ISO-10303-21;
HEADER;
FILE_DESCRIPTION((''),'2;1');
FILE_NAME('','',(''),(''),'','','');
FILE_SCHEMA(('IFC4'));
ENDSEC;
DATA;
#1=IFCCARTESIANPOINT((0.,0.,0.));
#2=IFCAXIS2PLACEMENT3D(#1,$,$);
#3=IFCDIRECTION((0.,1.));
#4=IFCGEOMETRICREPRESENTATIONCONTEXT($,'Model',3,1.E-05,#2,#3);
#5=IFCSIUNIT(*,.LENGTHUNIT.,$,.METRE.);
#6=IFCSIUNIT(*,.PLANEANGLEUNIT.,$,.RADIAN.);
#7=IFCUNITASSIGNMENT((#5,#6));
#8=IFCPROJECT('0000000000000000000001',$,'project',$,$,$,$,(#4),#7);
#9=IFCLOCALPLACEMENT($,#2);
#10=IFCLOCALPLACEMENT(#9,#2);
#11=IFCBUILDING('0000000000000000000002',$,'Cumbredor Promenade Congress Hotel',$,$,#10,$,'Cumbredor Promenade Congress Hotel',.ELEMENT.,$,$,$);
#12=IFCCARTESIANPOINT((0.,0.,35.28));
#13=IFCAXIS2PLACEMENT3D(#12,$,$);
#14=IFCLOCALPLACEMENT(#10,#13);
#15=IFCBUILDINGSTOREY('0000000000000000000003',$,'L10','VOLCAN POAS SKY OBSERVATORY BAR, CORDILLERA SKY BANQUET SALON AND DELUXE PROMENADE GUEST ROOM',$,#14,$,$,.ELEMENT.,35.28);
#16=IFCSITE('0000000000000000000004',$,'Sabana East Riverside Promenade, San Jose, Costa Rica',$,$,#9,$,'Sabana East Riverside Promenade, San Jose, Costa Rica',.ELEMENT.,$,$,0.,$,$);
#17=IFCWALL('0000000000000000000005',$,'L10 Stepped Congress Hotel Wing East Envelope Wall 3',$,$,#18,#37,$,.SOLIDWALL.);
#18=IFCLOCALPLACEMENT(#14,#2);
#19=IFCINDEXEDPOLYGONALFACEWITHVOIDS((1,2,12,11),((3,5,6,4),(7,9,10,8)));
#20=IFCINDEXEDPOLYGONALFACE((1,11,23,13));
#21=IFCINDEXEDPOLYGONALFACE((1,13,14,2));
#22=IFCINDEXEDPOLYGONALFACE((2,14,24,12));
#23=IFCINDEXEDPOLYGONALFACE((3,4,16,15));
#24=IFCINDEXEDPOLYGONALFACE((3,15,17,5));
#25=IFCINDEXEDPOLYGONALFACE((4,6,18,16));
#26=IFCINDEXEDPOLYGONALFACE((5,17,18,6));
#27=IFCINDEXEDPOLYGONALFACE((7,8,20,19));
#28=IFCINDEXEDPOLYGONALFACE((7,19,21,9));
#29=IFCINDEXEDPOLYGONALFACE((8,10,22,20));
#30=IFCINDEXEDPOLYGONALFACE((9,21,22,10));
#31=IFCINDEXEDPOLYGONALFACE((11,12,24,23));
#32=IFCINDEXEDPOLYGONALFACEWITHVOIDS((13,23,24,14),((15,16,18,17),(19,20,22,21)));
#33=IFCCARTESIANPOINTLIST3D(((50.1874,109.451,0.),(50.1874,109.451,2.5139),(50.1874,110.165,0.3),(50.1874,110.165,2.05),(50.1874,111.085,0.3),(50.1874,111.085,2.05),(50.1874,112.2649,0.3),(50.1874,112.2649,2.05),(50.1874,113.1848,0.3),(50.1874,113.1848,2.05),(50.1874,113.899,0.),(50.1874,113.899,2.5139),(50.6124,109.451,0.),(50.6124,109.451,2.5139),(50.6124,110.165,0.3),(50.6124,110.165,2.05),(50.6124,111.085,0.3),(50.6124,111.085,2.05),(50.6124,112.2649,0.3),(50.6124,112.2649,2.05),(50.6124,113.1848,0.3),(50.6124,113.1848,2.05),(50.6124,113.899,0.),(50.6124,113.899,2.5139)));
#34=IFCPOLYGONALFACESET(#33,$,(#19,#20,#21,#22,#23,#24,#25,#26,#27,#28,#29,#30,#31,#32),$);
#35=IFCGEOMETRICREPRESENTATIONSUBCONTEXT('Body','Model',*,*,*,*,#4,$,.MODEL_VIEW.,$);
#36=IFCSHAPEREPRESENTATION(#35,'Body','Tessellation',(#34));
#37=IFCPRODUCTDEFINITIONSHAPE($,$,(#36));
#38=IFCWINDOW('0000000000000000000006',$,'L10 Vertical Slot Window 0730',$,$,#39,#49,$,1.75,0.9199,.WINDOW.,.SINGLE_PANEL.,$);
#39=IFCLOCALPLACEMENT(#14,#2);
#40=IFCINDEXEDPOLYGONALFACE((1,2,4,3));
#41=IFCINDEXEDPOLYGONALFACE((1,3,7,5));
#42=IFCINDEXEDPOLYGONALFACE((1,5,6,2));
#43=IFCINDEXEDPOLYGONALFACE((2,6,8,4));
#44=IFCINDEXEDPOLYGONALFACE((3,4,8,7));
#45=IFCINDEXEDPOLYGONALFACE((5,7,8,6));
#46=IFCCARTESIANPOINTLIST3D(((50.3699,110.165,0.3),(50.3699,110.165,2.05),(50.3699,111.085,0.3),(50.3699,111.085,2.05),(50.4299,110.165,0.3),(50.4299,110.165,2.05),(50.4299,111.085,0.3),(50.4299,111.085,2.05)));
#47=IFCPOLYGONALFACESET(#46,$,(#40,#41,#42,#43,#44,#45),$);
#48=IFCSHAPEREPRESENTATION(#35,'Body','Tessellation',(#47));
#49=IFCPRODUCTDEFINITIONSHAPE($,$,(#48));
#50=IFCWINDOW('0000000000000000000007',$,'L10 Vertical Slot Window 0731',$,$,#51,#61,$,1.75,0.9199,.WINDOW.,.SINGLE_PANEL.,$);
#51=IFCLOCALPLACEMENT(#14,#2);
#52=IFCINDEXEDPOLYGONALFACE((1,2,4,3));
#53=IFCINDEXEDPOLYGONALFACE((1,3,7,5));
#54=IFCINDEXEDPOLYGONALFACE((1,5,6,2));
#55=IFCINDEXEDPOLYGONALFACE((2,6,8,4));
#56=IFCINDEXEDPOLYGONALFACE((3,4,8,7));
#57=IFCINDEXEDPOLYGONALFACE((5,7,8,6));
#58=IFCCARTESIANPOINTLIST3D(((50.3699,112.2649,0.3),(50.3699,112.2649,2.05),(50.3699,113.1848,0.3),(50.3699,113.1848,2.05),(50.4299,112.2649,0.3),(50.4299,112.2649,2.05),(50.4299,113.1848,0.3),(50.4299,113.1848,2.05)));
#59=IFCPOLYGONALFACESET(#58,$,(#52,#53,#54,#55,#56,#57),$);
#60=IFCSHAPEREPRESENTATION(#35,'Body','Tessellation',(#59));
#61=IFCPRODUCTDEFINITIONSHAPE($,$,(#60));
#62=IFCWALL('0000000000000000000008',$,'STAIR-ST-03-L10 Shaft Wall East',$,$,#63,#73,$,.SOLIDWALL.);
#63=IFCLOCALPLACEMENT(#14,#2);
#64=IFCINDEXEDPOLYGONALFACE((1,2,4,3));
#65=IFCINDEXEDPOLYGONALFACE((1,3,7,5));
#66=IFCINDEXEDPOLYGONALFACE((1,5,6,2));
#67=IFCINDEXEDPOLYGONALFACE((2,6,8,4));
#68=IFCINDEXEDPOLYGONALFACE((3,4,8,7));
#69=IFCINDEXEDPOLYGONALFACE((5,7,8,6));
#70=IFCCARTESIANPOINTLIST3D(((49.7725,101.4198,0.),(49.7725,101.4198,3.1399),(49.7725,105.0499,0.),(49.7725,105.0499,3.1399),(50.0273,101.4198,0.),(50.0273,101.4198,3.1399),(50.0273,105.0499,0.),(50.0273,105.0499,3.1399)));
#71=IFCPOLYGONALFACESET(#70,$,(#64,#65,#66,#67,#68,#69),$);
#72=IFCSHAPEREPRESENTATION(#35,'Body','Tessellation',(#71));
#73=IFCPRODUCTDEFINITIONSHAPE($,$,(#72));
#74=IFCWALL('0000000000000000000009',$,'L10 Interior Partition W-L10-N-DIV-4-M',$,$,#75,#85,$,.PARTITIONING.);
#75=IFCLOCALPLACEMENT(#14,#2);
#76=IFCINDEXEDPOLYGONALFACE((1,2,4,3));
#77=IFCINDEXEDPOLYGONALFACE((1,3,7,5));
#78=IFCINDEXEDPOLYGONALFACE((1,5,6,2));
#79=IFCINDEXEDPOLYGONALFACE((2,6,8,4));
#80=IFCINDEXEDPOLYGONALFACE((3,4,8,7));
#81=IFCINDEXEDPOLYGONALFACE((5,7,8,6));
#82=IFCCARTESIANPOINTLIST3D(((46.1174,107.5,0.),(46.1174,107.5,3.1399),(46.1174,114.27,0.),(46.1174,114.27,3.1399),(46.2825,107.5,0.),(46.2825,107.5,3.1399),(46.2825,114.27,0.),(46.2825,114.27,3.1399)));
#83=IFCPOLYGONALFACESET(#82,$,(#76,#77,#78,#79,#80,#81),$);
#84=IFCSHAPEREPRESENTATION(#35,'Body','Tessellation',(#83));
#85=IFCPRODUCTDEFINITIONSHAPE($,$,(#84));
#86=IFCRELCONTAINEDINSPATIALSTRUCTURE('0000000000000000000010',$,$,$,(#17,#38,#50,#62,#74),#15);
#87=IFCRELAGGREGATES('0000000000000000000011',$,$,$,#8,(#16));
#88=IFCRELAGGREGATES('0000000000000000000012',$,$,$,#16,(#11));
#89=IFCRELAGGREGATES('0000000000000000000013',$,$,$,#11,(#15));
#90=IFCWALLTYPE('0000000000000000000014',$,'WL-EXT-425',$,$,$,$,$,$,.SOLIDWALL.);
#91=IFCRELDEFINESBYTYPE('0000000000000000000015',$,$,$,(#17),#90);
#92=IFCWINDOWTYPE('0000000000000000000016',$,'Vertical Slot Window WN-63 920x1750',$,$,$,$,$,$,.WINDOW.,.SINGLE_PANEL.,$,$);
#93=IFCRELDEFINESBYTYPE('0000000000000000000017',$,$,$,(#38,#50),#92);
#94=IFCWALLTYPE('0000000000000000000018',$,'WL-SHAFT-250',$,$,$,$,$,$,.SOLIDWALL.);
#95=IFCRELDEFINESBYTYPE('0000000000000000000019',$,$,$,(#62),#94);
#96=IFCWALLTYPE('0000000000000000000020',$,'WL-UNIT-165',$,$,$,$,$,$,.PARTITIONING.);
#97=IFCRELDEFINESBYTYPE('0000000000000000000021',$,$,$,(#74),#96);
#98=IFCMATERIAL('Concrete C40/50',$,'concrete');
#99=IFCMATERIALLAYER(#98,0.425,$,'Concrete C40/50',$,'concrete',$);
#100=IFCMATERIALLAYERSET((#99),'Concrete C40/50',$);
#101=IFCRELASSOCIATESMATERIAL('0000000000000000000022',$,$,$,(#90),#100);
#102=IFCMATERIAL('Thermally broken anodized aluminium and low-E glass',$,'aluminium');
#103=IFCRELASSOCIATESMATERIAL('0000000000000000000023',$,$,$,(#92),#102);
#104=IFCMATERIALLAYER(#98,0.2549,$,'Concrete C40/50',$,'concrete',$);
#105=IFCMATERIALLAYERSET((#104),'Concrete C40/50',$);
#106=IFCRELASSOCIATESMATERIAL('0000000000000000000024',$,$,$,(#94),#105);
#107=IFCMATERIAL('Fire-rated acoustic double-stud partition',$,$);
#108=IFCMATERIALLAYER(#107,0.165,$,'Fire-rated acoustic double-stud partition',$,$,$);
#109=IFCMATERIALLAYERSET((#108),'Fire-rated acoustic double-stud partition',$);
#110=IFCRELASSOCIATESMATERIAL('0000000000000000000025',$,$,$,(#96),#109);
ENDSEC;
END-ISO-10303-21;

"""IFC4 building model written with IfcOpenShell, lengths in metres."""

from ifc_helpers import new_model, si_unit, direction, frame, frame_2d, origin, place, context, subcontext, project, spatial, rectangle, extrude, material, layer, layer_set, type_object, element, fill, save


model = new_model("IFC4")

# Units and contexts
model_context = context("Model", 3, precision=1e-05, world=origin(), true_north=direction((0.0, 1.0)))
body_context = subcontext(model_context, "Body", "Model", "MODEL_VIEW")
ifc_project = project(units=[si_unit("LENGTHUNIT", "METRE"), si_unit("PLANEANGLEUNIT", "RADIAN")], contexts=[model_context])

# Site, building, storey
site_placement = place(None, origin())
site = spatial("IfcSite", under=ifc_project, at=site_placement, Name="Sabana East Riverside Promenade, San Jose, Costa Rica", LongName="Sabana East Riverside Promenade, San Jose, Costa Rica", CompositionType="ELEMENT", RefElevation=0.0)
building_placement = place(site_placement, origin())
building = spatial("IfcBuilding", under=site, at=building_placement, Name="Cumbredor Promenade Congress Hotel", LongName="Cumbredor Promenade Congress Hotel", CompositionType="ELEMENT")
storey_placement = place(building_placement, frame((0.0, 0.0, 35.28)))
storey = spatial("IfcBuildingStorey", under=building, at=storey_placement, Name="L10", Description="VOLCAN POAS SKY OBSERVATORY BAR, CORDILLERA SKY BANQUET SALON AND DELUXE PROMENADE GUEST ROOM", CompositionType="ELEMENT", Elevation=35.28)

# Shared definitions
ifc_material_1 = material(Name="Concrete C40/50", Category="concrete")

# Shared definitions
ifc_material_2 = material(Name="Thermally broken anodized aluminium and low-E glass", Category="aluminium")

# Wall, openings, windows
ifc_layer_1 = layer(ifc_material_1, 0.425, Name="Concrete C40/50", Category="concrete")
ifc_layer_set_1 = layer_set([ifc_layer_1], Name="Concrete C40/50")
wall_type_1 = type_object("IfcWallType", Name="WL-EXT-425", PredefinedType="SOLIDWALL", material=ifc_layer_set_1)
wall_1_placement = place(storey_placement, frame((50.3999, 109.4509, 0.0), z_axis=(0.0, 0.0, 1.0), x_axis=(0.0, 1.0, 0.0)))
wall_1 = element("IfcWall", 1, at=wall_1_placement, inside=storey, type_object=wall_type_1, Name="L10 Stepped Congress Hotel Wing East Envelope Wall 3", PredefinedType="SOLIDWALL", context=body_context, shape_type="SweptSolid", body=[
    extrude(rectangle(XDim=4.448, YDim=0.425, at=frame_2d((2.2241, 0.0))), origin(), (0.0, 0.0, 1.0), 2.5139),
])
opening_1_placement = place(wall_1_placement, frame((0.7141, 0.0, 0.3)))
opening_1 = element("IfcOpeningElement", 2, at=opening_1_placement, cuts=wall_1, PredefinedType="OPENING", context=body_context, shape_type="SweptSolid", body=[
    extrude(rectangle(XDim=0.9199, YDim=1.75, at=frame_2d((0.46, 0.875))), frame((0.0, 0.2227, 0.0), z_axis=(0.0, -1.0, 0.0), x_axis=(1.0, 0.0, 0.0)), (0.0, 0.0, 1.0), 0.4451),
])
opening_2_placement = place(wall_1_placement, frame((2.814, 0.0, 0.3)))
opening_2 = element("IfcOpeningElement", 3, at=opening_2_placement, cuts=wall_1, PredefinedType="OPENING", context=body_context, shape_type="SweptSolid", body=[
    extrude(rectangle(XDim=0.9199, YDim=1.75, at=frame_2d((0.46, 0.875))), frame((0.0, 0.2227, 0.0), z_axis=(0.0, -1.0, 0.0), x_axis=(1.0, 0.0, 0.0)), (0.0, 0.0, 1.0), 0.4451),
])
window_type = type_object("IfcWindowType", Name="Vertical Slot Window WN-63 920x1750", PartitioningType="SINGLE_PANEL", PredefinedType="WINDOW", material=ifc_material_2)
window_1_placement = place(opening_1_placement, origin())
window_1 = element("IfcWindow", 4, at=window_1_placement, inside=storey, type_object=window_type, Name="L10 Vertical Slot Window 0730", OverallHeight=1.75, OverallWidth=0.9199, PartitioningType="SINGLE_PANEL", PredefinedType="WINDOW", context=body_context, shape_type="SweptSolid", body=[
    extrude(rectangle(XDim=0.9199, YDim=1.75, at=frame_2d((0.46, 0.875))), frame((0.0, 0.03, 0.0), z_axis=(0.0, -1.0, 0.0), x_axis=(1.0, 0.0, 0.0)), (0.0, 0.0, 1.0), 0.0601),
])
fill(opening_1, window_1)
window_2_placement = place(opening_2_placement, origin())
window_2 = element("IfcWindow", 5, at=window_2_placement, inside=storey, type_object=window_type, Name="L10 Vertical Slot Window 0731", OverallHeight=1.75, OverallWidth=0.9199, PartitioningType="SINGLE_PANEL", PredefinedType="WINDOW", context=body_context, shape_type="SweptSolid", body=[
    extrude(rectangle(XDim=0.9199, YDim=1.75, at=frame_2d((0.46, 0.875))), frame((0.0, 0.03, 0.0), z_axis=(0.0, -1.0, 0.0), x_axis=(1.0, 0.0, 0.0)), (0.0, 0.0, 1.0), 0.0601),
])
fill(opening_2, window_2)

# Walls
ifc_layer_2 = layer(ifc_material_1, 0.2549, Name="Concrete C40/50", Category="concrete")
ifc_layer_set_2 = layer_set([ifc_layer_2], Name="Concrete C40/50")
wall_type_2 = type_object("IfcWallType", Name="WL-SHAFT-250", PredefinedType="SOLIDWALL", material=ifc_layer_set_2)
wall_2_placement = place(storey_placement, frame((49.8999, 101.4199, 0.0), z_axis=(0.0, 0.0, 1.0), x_axis=(0.0, 1.0, 0.0)))
element("IfcWall", 6, at=wall_2_placement, inside=storey, type_object=wall_type_2, Name="STAIR-ST-03-L10 Shaft Wall East", PredefinedType="SOLIDWALL", context=body_context, shape_type="SweptSolid", body=[
    extrude(rectangle(XDim=3.6301, YDim=0.2549, at=frame_2d((1.8149, 0.0))), origin(), (0.0, 0.0, 1.0), 3.1399),
])
ifc_material_3 = material(Name="Fire-rated acoustic double-stud partition")
ifc_layer_3 = layer(ifc_material_3, 0.165, Name="Fire-rated acoustic double-stud partition")
ifc_layer_set_3 = layer_set([ifc_layer_3], Name="Fire-rated acoustic double-stud partition")
wall_type_3 = type_object("IfcWallType", Name="WL-UNIT-165", PredefinedType="PARTITIONING", material=ifc_layer_set_3)
wall_3_placement = place(storey_placement, frame((46.2, 107.5, 0.0), z_axis=(0.0, 0.0, 1.0), x_axis=(0.0, 1.0, 0.0)))
element("IfcWall", 7, at=wall_3_placement, inside=storey, type_object=wall_type_3, Name="L10 Interior Partition W-L10-N-DIV-4-M", PredefinedType="PARTITIONING", context=body_context, shape_type="SweptSolid", body=[
    extrude(rectangle(XDim=6.77, YDim=0.165, at=frame_2d((3.385, 0.0))), origin(), (0.0, 0.0, 1.0), 3.1399),
])

save(model, "model.ifc")
